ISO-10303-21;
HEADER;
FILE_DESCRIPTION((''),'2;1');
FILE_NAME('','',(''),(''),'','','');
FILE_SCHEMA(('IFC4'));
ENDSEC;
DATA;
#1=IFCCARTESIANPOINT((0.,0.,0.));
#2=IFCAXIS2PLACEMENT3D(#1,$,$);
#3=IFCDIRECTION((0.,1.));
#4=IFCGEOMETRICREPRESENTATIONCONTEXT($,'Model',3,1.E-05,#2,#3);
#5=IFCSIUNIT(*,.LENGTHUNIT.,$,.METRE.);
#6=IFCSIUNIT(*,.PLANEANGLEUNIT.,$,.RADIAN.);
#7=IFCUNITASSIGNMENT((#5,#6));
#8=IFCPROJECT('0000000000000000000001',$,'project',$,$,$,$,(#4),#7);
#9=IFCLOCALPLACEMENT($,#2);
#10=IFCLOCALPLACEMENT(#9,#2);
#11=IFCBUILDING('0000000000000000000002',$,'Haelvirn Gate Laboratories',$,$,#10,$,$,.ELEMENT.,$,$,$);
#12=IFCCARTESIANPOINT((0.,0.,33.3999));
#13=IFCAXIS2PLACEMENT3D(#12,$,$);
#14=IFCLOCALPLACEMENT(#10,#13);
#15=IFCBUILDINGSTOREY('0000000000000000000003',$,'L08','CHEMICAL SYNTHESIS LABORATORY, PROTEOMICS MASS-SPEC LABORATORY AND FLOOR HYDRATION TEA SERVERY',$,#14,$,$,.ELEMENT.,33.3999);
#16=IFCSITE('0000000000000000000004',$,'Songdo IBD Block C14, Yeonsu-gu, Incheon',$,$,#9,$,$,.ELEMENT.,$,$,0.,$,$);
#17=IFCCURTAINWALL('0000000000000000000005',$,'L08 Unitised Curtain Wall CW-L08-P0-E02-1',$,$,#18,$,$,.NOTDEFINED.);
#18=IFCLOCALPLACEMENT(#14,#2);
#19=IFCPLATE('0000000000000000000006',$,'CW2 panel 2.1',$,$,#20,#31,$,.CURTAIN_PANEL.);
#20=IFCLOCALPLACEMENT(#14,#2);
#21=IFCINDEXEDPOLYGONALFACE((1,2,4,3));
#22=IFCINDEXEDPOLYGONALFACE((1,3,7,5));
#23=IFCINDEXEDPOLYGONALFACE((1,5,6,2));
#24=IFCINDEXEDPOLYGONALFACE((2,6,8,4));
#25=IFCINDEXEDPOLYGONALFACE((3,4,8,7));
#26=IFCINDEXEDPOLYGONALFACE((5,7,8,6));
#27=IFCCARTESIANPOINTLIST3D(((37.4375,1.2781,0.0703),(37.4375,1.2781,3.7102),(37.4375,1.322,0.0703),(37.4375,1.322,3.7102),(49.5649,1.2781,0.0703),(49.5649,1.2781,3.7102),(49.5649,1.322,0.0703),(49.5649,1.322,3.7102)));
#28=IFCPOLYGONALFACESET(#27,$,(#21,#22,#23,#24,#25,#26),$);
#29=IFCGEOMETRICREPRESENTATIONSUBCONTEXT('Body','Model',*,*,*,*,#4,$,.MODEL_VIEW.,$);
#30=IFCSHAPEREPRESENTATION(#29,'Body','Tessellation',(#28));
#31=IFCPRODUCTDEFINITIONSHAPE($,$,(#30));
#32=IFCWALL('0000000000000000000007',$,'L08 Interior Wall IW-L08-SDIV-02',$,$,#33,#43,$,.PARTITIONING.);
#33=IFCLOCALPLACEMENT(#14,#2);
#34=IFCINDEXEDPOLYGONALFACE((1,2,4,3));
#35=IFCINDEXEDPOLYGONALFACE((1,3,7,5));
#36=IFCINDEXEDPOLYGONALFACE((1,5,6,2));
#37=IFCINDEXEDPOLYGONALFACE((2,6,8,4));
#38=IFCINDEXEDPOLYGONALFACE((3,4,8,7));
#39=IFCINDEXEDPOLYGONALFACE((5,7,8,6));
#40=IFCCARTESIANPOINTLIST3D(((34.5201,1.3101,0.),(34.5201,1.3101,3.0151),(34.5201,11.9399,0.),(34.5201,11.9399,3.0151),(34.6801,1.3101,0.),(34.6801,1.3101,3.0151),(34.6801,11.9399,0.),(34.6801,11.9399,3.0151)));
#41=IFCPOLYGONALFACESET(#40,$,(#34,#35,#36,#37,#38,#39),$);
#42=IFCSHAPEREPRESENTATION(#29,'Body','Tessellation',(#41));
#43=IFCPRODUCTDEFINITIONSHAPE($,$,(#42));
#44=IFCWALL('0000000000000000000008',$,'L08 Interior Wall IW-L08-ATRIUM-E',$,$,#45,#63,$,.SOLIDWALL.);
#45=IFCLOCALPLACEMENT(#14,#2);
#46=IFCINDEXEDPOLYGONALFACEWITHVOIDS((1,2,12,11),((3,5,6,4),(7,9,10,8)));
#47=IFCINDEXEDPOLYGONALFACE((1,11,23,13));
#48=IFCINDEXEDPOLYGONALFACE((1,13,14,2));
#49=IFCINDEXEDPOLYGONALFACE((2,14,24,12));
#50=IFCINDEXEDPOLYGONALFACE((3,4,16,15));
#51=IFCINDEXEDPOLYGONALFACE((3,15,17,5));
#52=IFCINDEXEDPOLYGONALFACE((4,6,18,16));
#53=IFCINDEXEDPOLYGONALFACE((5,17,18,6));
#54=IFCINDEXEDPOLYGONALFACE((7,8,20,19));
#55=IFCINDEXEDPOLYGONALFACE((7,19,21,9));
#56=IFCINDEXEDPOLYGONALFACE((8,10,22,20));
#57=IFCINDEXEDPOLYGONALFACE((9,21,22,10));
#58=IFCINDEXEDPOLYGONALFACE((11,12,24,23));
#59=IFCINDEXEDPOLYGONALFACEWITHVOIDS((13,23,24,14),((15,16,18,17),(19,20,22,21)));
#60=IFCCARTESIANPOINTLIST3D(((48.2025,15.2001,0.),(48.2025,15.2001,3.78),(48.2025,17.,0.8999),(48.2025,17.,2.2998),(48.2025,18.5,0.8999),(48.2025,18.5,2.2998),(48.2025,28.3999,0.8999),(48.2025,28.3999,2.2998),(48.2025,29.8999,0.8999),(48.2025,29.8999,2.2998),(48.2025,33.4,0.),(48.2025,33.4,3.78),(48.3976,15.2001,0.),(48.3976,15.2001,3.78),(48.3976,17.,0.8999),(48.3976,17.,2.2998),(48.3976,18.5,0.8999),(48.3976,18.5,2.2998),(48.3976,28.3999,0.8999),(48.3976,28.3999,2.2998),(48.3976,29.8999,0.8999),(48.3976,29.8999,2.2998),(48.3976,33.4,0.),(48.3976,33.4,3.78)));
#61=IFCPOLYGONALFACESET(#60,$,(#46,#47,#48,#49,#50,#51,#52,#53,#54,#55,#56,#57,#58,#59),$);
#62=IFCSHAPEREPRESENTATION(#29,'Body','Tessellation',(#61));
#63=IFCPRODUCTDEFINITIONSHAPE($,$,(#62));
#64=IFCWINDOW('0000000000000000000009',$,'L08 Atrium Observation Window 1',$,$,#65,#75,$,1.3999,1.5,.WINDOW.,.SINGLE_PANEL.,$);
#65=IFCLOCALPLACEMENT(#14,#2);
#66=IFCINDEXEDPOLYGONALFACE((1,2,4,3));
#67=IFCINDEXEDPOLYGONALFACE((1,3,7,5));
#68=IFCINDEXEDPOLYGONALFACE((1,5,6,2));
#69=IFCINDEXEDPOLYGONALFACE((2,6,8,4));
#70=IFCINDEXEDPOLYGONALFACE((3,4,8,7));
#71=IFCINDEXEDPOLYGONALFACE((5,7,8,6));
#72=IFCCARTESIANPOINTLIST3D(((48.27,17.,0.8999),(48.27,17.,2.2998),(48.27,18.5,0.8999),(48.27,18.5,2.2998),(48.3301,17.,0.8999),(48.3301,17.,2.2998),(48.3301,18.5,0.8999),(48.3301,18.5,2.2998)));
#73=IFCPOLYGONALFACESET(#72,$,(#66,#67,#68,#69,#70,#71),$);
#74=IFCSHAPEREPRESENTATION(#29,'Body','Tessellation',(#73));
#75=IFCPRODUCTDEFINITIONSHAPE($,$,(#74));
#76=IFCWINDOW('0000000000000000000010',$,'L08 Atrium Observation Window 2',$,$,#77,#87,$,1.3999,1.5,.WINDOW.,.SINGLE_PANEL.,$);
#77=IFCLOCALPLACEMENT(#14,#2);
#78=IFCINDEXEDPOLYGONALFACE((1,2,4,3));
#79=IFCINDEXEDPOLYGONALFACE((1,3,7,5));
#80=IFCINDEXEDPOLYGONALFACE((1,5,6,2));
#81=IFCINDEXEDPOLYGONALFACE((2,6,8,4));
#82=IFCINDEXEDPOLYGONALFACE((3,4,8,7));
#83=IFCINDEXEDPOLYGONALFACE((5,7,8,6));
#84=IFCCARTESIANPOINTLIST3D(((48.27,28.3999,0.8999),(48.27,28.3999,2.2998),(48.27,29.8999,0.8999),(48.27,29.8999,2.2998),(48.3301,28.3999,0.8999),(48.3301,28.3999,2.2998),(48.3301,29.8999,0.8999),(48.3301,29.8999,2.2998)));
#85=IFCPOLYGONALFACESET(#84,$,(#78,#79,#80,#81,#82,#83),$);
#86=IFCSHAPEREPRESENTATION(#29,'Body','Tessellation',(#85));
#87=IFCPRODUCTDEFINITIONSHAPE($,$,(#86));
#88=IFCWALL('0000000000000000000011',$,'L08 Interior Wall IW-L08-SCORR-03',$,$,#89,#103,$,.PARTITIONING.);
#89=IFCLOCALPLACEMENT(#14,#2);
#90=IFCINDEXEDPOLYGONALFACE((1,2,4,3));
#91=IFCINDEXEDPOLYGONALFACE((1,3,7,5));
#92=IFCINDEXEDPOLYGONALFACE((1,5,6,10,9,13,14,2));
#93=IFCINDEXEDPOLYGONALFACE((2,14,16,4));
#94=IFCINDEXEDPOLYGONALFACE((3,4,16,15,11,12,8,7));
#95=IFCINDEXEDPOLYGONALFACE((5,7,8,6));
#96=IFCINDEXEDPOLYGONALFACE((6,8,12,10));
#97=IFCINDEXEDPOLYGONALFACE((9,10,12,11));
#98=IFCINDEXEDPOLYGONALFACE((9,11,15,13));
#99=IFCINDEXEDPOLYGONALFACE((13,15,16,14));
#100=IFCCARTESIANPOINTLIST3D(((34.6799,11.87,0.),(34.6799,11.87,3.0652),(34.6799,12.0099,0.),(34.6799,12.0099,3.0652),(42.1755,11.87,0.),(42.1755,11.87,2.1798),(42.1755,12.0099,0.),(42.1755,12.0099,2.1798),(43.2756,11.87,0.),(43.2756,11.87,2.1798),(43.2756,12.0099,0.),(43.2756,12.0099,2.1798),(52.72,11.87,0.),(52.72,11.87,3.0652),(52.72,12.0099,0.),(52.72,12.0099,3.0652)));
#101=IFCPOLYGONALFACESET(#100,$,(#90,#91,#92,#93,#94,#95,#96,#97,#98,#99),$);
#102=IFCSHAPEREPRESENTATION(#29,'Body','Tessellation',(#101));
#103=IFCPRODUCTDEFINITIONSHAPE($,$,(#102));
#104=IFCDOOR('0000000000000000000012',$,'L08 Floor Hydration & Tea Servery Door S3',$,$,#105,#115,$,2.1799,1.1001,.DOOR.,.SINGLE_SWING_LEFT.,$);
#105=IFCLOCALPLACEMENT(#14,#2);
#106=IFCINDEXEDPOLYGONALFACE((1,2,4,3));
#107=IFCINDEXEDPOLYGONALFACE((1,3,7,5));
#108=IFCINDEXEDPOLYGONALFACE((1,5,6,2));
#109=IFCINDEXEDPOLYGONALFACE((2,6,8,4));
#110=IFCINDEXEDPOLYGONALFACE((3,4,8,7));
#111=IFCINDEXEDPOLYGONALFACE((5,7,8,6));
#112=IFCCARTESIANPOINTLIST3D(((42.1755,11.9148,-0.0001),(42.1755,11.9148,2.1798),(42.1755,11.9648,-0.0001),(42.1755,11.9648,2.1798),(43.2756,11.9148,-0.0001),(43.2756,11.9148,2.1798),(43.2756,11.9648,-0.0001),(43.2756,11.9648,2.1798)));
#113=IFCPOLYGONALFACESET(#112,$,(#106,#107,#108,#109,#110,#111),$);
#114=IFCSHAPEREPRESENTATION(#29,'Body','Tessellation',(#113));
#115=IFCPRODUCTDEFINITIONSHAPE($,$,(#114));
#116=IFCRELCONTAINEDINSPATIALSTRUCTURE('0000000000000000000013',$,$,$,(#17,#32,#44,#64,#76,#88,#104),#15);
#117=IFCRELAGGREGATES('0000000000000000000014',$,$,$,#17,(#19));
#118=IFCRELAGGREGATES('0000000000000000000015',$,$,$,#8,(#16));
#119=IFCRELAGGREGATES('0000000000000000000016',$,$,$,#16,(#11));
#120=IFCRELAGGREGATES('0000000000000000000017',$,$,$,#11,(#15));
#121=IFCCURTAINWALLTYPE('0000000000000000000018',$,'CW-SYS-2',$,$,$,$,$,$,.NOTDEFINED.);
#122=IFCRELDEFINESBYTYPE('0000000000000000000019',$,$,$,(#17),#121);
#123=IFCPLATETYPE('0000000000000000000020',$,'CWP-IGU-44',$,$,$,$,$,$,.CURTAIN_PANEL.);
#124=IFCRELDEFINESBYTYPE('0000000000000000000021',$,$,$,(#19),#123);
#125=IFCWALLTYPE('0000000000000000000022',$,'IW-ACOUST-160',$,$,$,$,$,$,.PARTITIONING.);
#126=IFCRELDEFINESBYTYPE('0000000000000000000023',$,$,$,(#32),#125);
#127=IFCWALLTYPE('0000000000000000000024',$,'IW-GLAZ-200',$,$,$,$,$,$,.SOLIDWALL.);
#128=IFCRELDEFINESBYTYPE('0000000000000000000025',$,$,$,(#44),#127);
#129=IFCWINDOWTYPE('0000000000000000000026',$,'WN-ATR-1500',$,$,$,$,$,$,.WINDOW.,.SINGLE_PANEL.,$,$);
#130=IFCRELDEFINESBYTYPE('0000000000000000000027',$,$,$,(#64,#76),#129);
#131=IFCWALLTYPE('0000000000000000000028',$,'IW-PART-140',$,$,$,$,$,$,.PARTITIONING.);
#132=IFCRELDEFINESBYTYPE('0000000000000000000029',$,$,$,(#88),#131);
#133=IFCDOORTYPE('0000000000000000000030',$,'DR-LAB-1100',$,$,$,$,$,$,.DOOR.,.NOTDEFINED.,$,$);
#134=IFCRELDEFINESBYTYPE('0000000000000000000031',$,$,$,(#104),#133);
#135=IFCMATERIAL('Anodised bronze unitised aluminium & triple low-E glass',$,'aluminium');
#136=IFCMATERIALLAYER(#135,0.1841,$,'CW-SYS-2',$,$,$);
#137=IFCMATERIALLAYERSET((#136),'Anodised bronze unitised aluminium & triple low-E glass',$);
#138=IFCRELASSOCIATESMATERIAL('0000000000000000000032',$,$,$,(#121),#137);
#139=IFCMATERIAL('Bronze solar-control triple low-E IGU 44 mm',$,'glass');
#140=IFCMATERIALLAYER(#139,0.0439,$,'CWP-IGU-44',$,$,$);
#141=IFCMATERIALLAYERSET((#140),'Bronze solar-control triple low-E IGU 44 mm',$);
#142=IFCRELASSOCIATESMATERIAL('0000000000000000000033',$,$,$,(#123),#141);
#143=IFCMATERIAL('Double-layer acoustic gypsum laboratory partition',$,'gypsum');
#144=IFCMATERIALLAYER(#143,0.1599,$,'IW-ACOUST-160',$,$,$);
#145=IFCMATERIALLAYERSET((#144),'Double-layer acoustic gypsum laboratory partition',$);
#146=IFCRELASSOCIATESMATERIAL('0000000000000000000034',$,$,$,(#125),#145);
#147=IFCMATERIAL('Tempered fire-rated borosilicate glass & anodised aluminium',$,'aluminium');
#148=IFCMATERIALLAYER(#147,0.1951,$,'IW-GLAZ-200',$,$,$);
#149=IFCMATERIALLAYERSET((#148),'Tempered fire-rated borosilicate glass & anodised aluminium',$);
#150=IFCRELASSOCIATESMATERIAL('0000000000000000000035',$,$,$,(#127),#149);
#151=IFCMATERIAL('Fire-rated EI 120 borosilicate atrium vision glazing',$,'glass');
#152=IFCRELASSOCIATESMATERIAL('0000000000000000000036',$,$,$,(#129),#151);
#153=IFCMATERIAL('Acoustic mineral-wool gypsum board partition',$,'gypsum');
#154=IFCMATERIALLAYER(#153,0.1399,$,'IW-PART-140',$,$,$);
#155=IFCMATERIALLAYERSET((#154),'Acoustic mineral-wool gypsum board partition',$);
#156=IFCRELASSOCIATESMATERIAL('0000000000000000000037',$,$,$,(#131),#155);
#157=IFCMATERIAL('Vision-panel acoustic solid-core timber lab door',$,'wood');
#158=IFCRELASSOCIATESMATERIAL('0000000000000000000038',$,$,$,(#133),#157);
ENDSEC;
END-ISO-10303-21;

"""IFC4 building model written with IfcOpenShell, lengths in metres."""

from ifc_helpers import new_model, si_unit, direction, frame, frame_2d, origin, origin_2d, place, context, subcontext, project, spatial, rectangle, extrude, source, transform, mapped, material, layer, layer_set, type_object, type_shapes, element, fill, aggregate, save


model = new_model("IFC4")

# Units and contexts
model_context = context("Model", 3, precision=1e-05, world=origin(), true_north=direction((0.0, 1.0)))
body_context = subcontext(model_context, "Body", "Model", "MODEL_VIEW")
ifc_project = project(units=[si_unit("LENGTHUNIT", "METRE"), si_unit("PLANEANGLEUNIT", "RADIAN")], contexts=[model_context])

# Site, building, storey
site_placement = place(None, origin())
site = spatial("IfcSite", under=ifc_project, at=site_placement, Name="Songdo IBD Block C14, Yeonsu-gu, Incheon", CompositionType="ELEMENT", RefElevation=0.0)
building_placement = place(site_placement, origin())
building = spatial("IfcBuilding", under=site, at=building_placement, Name="Haelvirn Gate Laboratories", CompositionType="ELEMENT")
storey_placement = place(building_placement, frame((0.0, 0.0, 33.3999)))
storey = spatial("IfcBuildingStorey", under=building, at=storey_placement, Name="L08", Description="CHEMICAL SYNTHESIS LABORATORY, PROTEOMICS MASS-SPEC LABORATORY AND FLOOR HYDRATION TEA SERVERY", CompositionType="ELEMENT", Elevation=33.3999)

# Curtain wall
ifc_material_1 = material(Name="Anodised bronze unitised aluminium & triple low-E glass", Category="aluminium")
ifc_layer_1 = layer(ifc_material_1, 0.1841, Name="CW-SYS-2")
ifc_layer_set_1 = layer_set([ifc_layer_1], Name="Anodised bronze unitised aluminium & triple low-E glass")
curtain_wall_type = type_object("IfcCurtainWallType", Name="CW-SYS-2", PredefinedType="NOTDEFINED", material=ifc_layer_set_1)
curtain_wall_1_placement = place(storey_placement, origin())
curtain_wall_1 = element("IfcCurtainWall", 1, at=curtain_wall_1_placement, inside=storey, type_object=curtain_wall_type, Name="L08 Unitised Curtain Wall CW-L08-P0-E02-1", PredefinedType="NOTDEFINED")

# Plate
ifc_material_2 = material(Name="Bronze solar-control triple low-E IGU 44 mm", Category="glass")
ifc_layer_2 = layer(ifc_material_2, 0.0439, Name="CWP-IGU-44")
ifc_layer_set_2 = layer_set([ifc_layer_2], Name="Bronze solar-control triple low-E IGU 44 mm")
plate_type = type_object("IfcPlateType", Name="CWP-IGU-44", PredefinedType="CURTAIN_PANEL", material=ifc_layer_set_2)
shared_shape_1 = source(origin(), body_context, "Body", "SweptSolid", [
    extrude(rectangle(XDim=12.1274, YDim=0.0439, at=origin_2d()), origin(), (0.0, 0.0, 1.0), 3.6399),
])
type_shapes(plate_type, [shared_shape_1])
plate_1_placement = place(storey_placement, frame((43.5012, 1.3, 0.0703), z_axis=(0.0, 0.0, 1.0), x_axis=(1.0, 0.0, 0.0)))
plate_1 = element("IfcPlate", 2, at=plate_1_placement, type_object=plate_type, Name="CW2 panel 2.1", PredefinedType="CURTAIN_PANEL", context=body_context, shape_type="MappedRepresentation", body=[
    mapped(shared_shape_1, transform((0.0, 0.0, 0.0), scale=1.0)),
])
aggregate(curtain_wall_1, [plate_1])

# Wall
ifc_material_3 = material(Name="Double-layer acoustic gypsum laboratory partition", Category="gypsum")
ifc_layer_3 = layer(ifc_material_3, 0.1599, Name="IW-ACOUST-160")
ifc_layer_set_3 = layer_set([ifc_layer_3], Name="Double-layer acoustic gypsum laboratory partition")
wall_type_1 = type_object("IfcWallType", Name="IW-ACOUST-160", PredefinedType="PARTITIONING", material=ifc_layer_set_3)
wall_1_placement = place(storey_placement, frame((34.6001, 1.3101, 0.0), z_axis=(0.0, 0.0, 1.0), x_axis=(0.0, 1.0, 0.0)))
element("IfcWall", 3, at=wall_1_placement, inside=storey, type_object=wall_type_1, Name="L08 Interior Wall IW-L08-SDIV-02", PredefinedType="PARTITIONING", context=body_context, shape_type="SweptSolid", body=[
    extrude(rectangle(XDim=10.6299, YDim=0.1599, at=frame_2d((5.3149, 0.0))), origin(), (0.0, 0.0, 1.0), 3.0151),
])

# Wall, openings, windows
ifc_material_4 = material(Name="Tempered fire-rated borosilicate glass & anodised aluminium", Category="aluminium")
ifc_layer_4 = layer(ifc_material_4, 0.1951, Name="IW-GLAZ-200")
ifc_layer_set_4 = layer_set([ifc_layer_4], Name="Tempered fire-rated borosilicate glass & anodised aluminium")
wall_type_2 = type_object("IfcWallType", Name="IW-GLAZ-200", PredefinedType="SOLIDWALL", material=ifc_layer_set_4)
wall_2_placement = place(storey_placement, frame((48.3, 15.2, 0.0), z_axis=(0.0, 0.0, 1.0), x_axis=(0.0, 1.0, 0.0)))
wall_2 = element("IfcWall", 4, at=wall_2_placement, inside=storey, type_object=wall_type_2, Name="L08 Interior Wall IW-L08-ATRIUM-E", PredefinedType="SOLIDWALL", context=body_context, shape_type="SweptSolid", body=[
    extrude(rectangle(XDim=18.2, YDim=0.1951, at=frame_2d((9.1001, 0.0))), origin(), (0.0, 0.0, 1.0), 3.78),
])
opening_1_placement = place(wall_2_placement, frame((1.8, 0.0, 0.8999)))
opening_1 = element("IfcOpeningElement", 5, at=opening_1_placement, cuts=wall_2, PredefinedType="OPENING", context=body_context, shape_type="SweptSolid", body=[
    extrude(rectangle(XDim=1.5, YDim=1.3999, at=frame_2d((0.75, 0.7))), frame((0.0, 0.1074, 0.0), z_axis=(0.0, -1.0, 0.0), x_axis=(1.0, 0.0, 0.0)), (0.0, 0.0, 1.0), 0.2151),
])
opening_2_placement = place(wall_2_placement, frame((13.2, 0.0, 0.8999)))
opening_2 = element("IfcOpeningElement", 6, at=opening_2_placement, cuts=wall_2, PredefinedType="OPENING", context=body_context, shape_type="SweptSolid", body=[
    extrude(rectangle(XDim=1.5, YDim=1.3999, at=frame_2d((0.75, 0.7))), frame((0.0, 0.1074, 0.0), z_axis=(0.0, -1.0, 0.0), x_axis=(1.0, 0.0, 0.0)), (0.0, 0.0, 1.0), 0.2151),
])
ifc_material_5 = material(Name="Fire-rated EI 120 borosilicate atrium vision glazing", Category="glass")
window_type = type_object("IfcWindowType", Name="WN-ATR-1500", PartitioningType="SINGLE_PANEL", PredefinedType="WINDOW", material=ifc_material_5)
shared_shape_2 = source(origin(), body_context, "Body", "SweptSolid", [
    extrude(rectangle(XDim=1.5, YDim=1.3999, at=frame_2d((0.75, 0.7))), frame((0.0, 0.03, 0.0), z_axis=(0.0, -1.0, 0.0), x_axis=(1.0, 0.0, 0.0)), (0.0, 0.0, 1.0), 0.0601),
])
type_shapes(window_type, [shared_shape_2])
window_1_placement = place(opening_1_placement, origin())
window_1 = element("IfcWindow", 7, at=window_1_placement, inside=storey, type_object=window_type, Name="L08 Atrium Observation Window 1", OverallHeight=1.3999, OverallWidth=1.5, PartitioningType="SINGLE_PANEL", PredefinedType="WINDOW", context=body_context, shape_type="MappedRepresentation", body=[
    mapped(shared_shape_2, transform((0.0, 0.0, 0.0), scale=1.0)),
])
fill(opening_1, window_1)
window_2_placement = place(opening_2_placement, origin())
window_2 = element("IfcWindow", 8, at=window_2_placement, inside=storey, type_object=window_type, Name="L08 Atrium Observation Window 2", OverallHeight=1.3999, OverallWidth=1.5, PartitioningType="SINGLE_PANEL", PredefinedType="WINDOW", context=body_context, shape_type="MappedRepresentation", body=[
    mapped(shared_shape_2, transform((0.0, 0.0, 0.0), scale=1.0)),
])
fill(opening_2, window_2)

# Wall, opening, door
ifc_material_6 = material(Name="Acoustic mineral-wool gypsum board partition", Category="gypsum")
ifc_layer_5 = layer(ifc_material_6, 0.1399, Name="IW-PART-140")
ifc_layer_set_5 = layer_set([ifc_layer_5], Name="Acoustic mineral-wool gypsum board partition")
wall_type_3 = type_object("IfcWallType", Name="IW-PART-140", PredefinedType="PARTITIONING", material=ifc_layer_set_5)
wall_3_placement = place(storey_placement, frame((34.6799, 11.9399, 0.0), z_axis=(0.0, 0.0, 1.0), x_axis=(1.0, 0.0, 0.0)))
wall_3 = element("IfcWall", 9, at=wall_3_placement, inside=storey, type_object=wall_type_3, Name="L08 Interior Wall IW-L08-SCORR-03", PredefinedType="PARTITIONING", context=body_context, shape_type="SweptSolid", body=[
    extrude(rectangle(XDim=18.04, YDim=0.1399, at=frame_2d((9.02, 0.0))), origin(), (0.0, 0.0, 1.0), 3.0652),
])
opening_3_placement = place(wall_3_placement, frame((7.4956, 0.0, 0.0)))
opening_3 = element("IfcOpeningElement", 10, at=opening_3_placement, cuts=wall_3, PredefinedType="OPENING", context=body_context, shape_type="SweptSolid", body=[
    extrude(rectangle(XDim=1.1001, YDim=2.1799, at=frame_2d((0.55, 1.0898))), frame((0.0, 0.0801, 0.0), z_axis=(0.0, -1.0, 0.0), x_axis=(1.0, 0.0, 0.0)), (0.0, 0.0, 1.0), 0.1599),
])
ifc_material_7 = material(Name="Vision-panel acoustic solid-core timber lab door", Category="wood")
door_type = type_object("IfcDoorType", Name="DR-LAB-1100", OperationType="NOTDEFINED", PredefinedType="DOOR", material=ifc_material_7)
shared_shape_3 = source(origin(), body_context, "Body", "SweptSolid", [
    extrude(rectangle(XDim=1.1001, YDim=2.1799, at=frame_2d((0.55, 1.0898))), frame((0.0, 0.0249, 0.0), z_axis=(0.0, -1.0, 0.0), x_axis=(1.0, 0.0, 0.0)), (0.0, 0.0, 1.0), 0.05),
])
type_shapes(door_type, [shared_shape_3])
door_placement = place(opening_3_placement, origin())
door = element("IfcDoor", 11, at=door_placement, inside=storey, type_object=door_type, Name="L08 Floor Hydration & Tea Servery Door S3", OperationType="SINGLE_SWING_LEFT", OverallHeight=2.1799, OverallWidth=1.1001, PredefinedType="DOOR", context=body_context, shape_type="MappedRepresentation", body=[
    mapped(shared_shape_3, transform((0.0, 0.0, 0.0), scale=1.0)),
])
fill(opening_3, door)

save(model, "model.ifc")
